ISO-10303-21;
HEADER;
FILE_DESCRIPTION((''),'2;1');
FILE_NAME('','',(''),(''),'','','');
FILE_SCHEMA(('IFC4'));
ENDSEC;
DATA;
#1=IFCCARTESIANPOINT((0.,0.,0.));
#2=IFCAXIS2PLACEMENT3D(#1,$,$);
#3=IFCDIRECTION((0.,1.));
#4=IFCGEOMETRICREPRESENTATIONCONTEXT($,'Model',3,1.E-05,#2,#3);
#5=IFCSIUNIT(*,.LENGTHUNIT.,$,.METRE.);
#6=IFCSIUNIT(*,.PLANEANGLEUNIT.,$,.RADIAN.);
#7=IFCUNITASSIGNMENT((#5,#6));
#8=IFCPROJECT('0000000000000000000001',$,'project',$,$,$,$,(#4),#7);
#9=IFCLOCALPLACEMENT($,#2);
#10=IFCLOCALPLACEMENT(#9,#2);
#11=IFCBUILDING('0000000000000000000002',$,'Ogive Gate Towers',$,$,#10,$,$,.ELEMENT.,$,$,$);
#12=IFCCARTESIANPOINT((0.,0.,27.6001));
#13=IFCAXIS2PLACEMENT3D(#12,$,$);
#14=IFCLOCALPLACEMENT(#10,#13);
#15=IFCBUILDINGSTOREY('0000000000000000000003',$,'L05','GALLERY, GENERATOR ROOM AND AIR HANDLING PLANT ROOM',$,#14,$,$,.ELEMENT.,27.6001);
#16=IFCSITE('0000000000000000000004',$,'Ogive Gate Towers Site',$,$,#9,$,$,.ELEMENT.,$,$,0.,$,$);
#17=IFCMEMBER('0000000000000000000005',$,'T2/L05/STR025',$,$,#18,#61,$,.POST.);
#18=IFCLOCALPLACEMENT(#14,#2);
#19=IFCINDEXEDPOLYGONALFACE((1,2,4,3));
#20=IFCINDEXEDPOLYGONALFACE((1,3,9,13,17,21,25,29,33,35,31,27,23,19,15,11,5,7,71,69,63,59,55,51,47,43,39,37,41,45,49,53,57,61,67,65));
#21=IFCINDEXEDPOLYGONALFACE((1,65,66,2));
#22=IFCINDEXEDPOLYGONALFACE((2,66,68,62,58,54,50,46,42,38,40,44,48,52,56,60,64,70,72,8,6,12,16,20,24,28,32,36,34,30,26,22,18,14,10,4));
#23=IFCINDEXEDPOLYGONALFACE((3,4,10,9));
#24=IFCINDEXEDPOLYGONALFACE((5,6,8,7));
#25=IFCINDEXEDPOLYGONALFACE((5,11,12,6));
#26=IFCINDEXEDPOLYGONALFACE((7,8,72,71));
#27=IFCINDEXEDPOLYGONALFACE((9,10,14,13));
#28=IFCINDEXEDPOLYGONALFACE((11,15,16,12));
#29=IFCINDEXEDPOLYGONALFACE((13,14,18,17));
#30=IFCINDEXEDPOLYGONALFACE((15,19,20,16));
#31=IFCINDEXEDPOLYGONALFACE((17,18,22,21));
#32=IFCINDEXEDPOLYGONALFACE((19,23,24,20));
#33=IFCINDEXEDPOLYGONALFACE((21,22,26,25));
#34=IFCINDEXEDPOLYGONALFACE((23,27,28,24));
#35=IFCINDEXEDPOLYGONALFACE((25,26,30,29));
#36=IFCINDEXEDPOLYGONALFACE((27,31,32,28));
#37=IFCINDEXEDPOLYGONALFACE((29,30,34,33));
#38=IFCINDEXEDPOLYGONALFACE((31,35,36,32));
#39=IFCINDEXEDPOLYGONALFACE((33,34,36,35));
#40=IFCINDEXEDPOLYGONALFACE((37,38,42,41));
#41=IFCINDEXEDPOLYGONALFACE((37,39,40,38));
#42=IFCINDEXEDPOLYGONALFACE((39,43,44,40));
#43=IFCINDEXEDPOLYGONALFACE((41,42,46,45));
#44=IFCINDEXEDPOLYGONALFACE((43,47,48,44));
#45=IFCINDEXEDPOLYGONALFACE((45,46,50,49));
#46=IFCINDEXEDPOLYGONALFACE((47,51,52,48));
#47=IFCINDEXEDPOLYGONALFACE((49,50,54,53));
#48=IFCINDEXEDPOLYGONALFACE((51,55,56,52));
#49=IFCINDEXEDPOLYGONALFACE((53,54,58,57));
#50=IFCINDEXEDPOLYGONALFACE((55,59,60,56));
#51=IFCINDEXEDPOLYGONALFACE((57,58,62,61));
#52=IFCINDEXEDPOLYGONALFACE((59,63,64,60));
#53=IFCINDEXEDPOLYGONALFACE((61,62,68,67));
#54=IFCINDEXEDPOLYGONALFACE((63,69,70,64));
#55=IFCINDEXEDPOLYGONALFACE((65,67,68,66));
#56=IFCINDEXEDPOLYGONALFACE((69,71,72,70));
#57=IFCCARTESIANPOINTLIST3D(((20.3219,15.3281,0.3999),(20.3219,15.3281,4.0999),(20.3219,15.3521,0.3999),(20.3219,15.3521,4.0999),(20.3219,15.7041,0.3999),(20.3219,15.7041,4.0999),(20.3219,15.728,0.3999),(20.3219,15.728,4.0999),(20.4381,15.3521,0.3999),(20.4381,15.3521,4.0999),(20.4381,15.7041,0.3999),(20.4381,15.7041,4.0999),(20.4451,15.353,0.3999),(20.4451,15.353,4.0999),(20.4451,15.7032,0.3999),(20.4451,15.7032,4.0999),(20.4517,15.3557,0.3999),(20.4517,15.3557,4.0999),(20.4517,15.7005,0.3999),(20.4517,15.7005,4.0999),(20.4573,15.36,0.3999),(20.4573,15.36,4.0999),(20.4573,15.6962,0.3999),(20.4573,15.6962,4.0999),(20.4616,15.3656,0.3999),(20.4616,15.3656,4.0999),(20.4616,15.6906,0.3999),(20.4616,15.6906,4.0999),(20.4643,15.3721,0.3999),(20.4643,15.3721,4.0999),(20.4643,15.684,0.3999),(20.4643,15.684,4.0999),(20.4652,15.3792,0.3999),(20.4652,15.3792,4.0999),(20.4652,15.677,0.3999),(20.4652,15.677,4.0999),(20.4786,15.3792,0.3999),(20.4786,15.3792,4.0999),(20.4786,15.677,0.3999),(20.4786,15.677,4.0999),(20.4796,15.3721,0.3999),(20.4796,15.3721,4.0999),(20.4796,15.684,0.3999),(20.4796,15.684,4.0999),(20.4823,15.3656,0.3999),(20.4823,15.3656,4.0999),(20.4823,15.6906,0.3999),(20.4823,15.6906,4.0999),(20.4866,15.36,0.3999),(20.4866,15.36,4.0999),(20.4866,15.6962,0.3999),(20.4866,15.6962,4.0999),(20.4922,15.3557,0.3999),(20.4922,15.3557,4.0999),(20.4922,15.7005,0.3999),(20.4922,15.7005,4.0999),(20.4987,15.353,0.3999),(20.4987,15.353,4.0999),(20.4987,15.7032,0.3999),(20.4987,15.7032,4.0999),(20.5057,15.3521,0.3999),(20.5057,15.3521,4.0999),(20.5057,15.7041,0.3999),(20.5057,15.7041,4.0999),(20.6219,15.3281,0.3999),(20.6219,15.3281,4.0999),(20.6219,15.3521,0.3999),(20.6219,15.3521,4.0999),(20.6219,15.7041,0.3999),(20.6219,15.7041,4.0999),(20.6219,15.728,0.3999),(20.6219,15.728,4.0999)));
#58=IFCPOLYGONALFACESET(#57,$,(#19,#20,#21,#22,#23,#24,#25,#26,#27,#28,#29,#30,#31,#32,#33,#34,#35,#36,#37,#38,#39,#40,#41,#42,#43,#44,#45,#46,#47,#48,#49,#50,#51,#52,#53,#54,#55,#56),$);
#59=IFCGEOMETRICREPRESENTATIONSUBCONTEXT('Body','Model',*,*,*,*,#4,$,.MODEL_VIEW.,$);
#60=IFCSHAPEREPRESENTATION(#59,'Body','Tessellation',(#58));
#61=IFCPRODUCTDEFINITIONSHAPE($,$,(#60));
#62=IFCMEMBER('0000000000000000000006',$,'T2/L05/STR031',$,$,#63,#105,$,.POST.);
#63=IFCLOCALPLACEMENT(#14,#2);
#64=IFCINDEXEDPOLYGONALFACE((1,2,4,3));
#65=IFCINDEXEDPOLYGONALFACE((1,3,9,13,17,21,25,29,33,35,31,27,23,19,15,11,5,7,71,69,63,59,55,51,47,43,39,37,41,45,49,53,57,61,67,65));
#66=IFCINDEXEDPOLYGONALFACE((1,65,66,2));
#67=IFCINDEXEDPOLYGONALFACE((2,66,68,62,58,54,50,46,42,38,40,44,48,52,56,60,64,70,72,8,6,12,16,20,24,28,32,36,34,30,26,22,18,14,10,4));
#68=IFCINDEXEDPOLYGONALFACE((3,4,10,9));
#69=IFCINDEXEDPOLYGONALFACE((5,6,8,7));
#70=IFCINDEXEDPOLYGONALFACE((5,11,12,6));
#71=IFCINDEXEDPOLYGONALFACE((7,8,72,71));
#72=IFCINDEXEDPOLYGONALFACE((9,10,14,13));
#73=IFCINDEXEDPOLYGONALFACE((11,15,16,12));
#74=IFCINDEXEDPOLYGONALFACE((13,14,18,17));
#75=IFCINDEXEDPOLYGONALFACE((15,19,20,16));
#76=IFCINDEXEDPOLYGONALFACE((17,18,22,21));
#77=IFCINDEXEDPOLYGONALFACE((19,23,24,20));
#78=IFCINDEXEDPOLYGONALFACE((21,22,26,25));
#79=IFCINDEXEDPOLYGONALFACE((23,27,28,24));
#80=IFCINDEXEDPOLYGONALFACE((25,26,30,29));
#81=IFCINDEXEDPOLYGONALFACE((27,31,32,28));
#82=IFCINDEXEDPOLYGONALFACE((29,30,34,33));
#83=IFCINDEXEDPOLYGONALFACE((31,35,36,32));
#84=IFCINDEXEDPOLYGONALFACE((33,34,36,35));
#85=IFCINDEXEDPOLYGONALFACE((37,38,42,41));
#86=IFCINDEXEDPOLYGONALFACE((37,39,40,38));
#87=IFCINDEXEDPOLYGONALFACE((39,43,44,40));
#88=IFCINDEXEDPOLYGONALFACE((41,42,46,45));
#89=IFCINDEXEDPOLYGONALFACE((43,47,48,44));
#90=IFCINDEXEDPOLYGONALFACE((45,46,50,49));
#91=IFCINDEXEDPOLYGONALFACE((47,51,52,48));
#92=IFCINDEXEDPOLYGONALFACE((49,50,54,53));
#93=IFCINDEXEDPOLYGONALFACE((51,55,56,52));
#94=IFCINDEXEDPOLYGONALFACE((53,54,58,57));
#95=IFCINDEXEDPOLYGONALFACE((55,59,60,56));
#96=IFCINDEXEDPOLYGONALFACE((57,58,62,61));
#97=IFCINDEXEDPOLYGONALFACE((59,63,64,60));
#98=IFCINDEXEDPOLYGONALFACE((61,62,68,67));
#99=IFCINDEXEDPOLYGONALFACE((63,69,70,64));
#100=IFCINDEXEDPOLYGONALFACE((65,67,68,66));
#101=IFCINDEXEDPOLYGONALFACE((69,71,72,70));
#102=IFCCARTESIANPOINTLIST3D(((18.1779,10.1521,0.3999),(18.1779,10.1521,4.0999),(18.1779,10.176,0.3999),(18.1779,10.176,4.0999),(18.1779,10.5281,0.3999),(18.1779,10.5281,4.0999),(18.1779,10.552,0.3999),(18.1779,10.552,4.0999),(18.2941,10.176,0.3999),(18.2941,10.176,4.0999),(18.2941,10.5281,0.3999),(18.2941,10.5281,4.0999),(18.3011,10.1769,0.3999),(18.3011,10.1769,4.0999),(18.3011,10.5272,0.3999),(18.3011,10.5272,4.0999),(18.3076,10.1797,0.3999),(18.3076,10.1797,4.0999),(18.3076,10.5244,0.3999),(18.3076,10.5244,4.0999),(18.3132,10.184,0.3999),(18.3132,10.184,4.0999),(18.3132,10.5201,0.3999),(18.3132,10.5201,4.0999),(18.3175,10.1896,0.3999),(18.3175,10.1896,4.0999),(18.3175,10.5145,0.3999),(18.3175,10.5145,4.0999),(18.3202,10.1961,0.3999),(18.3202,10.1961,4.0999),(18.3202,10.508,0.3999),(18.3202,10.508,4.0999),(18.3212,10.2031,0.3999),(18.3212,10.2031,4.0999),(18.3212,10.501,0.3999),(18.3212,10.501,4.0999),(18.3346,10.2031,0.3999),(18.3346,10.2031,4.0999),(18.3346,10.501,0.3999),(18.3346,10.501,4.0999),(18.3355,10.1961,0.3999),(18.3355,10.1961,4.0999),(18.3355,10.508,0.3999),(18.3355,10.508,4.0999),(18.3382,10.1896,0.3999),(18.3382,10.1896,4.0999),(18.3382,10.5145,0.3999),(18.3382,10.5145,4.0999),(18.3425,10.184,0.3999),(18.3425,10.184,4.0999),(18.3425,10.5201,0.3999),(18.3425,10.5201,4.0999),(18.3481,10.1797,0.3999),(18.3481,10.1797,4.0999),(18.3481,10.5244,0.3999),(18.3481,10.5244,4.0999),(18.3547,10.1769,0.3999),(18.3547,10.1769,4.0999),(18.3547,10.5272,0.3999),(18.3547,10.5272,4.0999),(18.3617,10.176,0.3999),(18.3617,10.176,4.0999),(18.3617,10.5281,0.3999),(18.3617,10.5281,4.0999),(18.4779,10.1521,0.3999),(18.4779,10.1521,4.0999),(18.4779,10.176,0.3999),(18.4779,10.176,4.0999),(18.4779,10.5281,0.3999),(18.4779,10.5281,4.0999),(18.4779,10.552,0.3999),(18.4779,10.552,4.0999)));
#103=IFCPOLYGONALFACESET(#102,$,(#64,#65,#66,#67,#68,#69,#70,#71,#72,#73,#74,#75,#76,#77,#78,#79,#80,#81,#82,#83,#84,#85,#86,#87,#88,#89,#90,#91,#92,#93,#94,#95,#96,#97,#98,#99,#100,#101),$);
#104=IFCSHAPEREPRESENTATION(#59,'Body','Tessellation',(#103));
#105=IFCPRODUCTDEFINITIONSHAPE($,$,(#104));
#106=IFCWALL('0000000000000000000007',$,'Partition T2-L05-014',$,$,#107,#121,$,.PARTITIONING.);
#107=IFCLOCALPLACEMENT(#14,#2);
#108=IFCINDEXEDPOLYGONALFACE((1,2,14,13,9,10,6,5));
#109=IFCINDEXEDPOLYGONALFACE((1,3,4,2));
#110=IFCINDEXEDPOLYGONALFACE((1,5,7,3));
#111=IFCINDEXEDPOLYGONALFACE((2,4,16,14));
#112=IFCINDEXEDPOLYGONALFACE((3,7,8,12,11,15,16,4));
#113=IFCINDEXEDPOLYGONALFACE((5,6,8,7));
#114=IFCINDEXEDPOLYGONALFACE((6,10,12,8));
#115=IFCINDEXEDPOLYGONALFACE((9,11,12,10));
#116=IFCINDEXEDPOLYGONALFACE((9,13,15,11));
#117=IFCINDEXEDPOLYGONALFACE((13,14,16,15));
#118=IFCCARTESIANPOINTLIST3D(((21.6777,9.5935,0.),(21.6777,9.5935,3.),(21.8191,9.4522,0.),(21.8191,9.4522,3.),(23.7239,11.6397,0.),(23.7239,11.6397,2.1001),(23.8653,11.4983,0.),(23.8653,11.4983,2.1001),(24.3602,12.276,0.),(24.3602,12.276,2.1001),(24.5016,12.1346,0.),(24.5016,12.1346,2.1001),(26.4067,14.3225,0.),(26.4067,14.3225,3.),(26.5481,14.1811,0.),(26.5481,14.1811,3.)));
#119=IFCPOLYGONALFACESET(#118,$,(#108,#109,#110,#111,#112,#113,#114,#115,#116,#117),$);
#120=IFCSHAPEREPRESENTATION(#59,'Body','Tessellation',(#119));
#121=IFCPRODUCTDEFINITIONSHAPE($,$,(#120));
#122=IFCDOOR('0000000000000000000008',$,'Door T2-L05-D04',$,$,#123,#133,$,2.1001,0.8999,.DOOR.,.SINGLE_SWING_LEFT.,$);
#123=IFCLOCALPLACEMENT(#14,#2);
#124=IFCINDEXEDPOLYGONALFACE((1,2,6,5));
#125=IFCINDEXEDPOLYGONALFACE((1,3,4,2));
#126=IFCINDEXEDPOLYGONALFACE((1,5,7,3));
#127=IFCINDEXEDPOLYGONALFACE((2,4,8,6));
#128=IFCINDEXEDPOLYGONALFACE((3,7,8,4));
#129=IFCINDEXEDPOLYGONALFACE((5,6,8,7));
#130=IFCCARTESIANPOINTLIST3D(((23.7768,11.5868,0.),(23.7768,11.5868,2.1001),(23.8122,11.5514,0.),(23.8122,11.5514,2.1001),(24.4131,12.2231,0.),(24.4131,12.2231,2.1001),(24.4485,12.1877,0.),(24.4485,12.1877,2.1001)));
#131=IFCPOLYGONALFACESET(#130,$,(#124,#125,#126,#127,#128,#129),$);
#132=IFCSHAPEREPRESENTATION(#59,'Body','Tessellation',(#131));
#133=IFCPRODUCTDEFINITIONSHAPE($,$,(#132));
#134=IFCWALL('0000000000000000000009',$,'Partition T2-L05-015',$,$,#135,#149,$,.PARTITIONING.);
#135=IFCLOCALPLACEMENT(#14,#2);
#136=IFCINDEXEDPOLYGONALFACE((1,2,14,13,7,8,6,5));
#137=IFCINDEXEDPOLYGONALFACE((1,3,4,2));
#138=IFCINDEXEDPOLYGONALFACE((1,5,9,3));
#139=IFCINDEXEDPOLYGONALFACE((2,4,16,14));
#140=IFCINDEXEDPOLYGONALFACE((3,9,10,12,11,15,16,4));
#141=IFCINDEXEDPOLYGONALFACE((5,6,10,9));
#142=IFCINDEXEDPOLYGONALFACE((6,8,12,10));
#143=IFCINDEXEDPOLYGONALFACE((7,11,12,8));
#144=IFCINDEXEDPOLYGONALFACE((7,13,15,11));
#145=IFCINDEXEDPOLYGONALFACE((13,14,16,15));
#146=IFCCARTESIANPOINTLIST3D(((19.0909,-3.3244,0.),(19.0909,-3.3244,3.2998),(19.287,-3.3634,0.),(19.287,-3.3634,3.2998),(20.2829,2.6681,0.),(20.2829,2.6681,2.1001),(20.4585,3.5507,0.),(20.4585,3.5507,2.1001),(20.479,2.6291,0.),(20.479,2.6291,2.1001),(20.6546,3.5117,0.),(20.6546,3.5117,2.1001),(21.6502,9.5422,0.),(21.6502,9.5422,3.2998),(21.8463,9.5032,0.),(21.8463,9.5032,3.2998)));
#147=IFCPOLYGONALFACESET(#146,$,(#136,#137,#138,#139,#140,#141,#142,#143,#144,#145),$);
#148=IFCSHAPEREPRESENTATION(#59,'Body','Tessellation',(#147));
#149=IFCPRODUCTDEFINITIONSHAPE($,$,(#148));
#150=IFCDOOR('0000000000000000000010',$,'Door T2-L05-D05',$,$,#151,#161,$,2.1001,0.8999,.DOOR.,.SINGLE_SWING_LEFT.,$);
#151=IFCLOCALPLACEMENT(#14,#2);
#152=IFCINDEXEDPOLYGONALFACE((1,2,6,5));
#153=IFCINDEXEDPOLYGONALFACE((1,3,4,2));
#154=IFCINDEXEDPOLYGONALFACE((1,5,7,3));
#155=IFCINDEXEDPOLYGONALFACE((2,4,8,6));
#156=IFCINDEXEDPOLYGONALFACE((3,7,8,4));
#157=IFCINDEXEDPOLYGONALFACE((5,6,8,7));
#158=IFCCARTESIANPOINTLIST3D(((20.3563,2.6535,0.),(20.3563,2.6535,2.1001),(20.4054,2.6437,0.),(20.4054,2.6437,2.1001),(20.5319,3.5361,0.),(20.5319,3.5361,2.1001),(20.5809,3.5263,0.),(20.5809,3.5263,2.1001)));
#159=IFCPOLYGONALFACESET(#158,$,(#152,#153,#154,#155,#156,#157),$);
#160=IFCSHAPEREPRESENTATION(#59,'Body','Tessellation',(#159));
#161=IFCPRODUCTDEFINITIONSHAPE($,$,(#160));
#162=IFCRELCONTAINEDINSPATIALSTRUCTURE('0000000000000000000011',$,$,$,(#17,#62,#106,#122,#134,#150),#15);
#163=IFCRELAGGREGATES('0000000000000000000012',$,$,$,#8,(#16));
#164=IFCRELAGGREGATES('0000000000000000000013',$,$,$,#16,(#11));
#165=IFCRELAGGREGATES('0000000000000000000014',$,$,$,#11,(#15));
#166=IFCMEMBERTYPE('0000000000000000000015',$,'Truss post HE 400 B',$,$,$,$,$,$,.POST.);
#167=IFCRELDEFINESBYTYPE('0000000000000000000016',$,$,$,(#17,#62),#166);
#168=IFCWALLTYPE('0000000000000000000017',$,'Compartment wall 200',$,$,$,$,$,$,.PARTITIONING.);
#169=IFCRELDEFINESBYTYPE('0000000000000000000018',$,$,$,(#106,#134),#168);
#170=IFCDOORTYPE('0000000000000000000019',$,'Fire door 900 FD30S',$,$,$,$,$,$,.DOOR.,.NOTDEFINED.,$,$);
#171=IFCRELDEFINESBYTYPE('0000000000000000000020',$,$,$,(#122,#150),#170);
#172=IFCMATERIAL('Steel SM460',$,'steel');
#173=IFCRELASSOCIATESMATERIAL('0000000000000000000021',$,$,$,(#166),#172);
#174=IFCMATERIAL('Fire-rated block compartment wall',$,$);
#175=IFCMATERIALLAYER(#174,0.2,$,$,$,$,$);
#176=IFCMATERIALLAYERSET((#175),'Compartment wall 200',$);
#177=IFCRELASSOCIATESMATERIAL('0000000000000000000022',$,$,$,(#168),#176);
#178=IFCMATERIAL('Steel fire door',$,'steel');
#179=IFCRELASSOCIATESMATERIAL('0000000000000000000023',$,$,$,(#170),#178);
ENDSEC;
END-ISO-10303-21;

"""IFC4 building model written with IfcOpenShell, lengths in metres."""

from ifc_helpers import new_model, si_unit, direction, frame, frame_2d, origin, origin_2d, place, context, subcontext, project, spatial, rectangle, i_section, extrude, material, layer, layer_set, material_profile, profile_set, type_object, element, fill, save


model = new_model("IFC4")

# Units and contexts
model_context = context("Model", 3, precision=1e-05, world=origin(), true_north=direction((0.0, 1.0)))
body_context = subcontext(model_context, "Body", "Model", "MODEL_VIEW")
ifc_project = project(units=[si_unit("LENGTHUNIT", "METRE"), si_unit("PLANEANGLEUNIT", "RADIAN")], contexts=[model_context])

# Site, building, storey
site_placement = place(None, origin())
site = spatial("IfcSite", under=ifc_project, at=site_placement, Name="Ogive Gate Towers Site", CompositionType="ELEMENT", RefElevation=0.0)
building_placement = place(site_placement, origin())
building = spatial("IfcBuilding", under=site, at=building_placement, Name="Ogive Gate Towers", CompositionType="ELEMENT")
storey_placement = place(building_placement, frame((0.0, 0.0, 27.6001)))
storey = spatial("IfcBuildingStorey", under=building, at=storey_placement, Name="L05", Description="GALLERY, GENERATOR ROOM AND AIR HANDLING PLANT ROOM", CompositionType="ELEMENT", Elevation=27.6001)

# Members
ifc_material_1 = material(Name="Steel SM460", Category="steel")
ifc_material_profile_1 = material_profile(ifc_material_1, i_section(OverallWidth=0.3, OverallDepth=0.3999, WebThickness=0.0134, FlangeThickness=0.0239, FilletRadius=0.0271, at=origin_2d()), Name="HE 400 B")
ifc_profile_set_1 = profile_set([ifc_material_profile_1], Name="Steel SM460")
member_type_1 = type_object("IfcMemberType", Name="Truss post HE 400 B", PredefinedType="POST", material=ifc_profile_set_1)
for number, where, z_axis, x_axis, name in (
    (1, (20.4719, 15.5281, 0.3999), (0.0, 0.0, 1.0), (1.0, 0.0, 0.0), "T2/L05/STR025"),
    (2, (18.3279, 10.3521, 0.3999), (0.0, 0.0, 1.0), (1.0, 0.0, 0.0), "T2/L05/STR031"),
):
    element("IfcMember", number, at=place(storey_placement, frame(where, z_axis=z_axis, x_axis=x_axis)), inside=storey, type_object=member_type_1, Name=name, PredefinedType="POST", context=body_context, shape_type="SweptSolid", body=[
        extrude(i_section(OverallWidth=0.3, OverallDepth=0.3999, WebThickness=0.0134, FlangeThickness=0.0239, FilletRadius=0.0271, at=origin_2d()), origin(), (0.0, 0.0, 1.0), 3.7),
    ])

# Walls, openings, doors
ifc_material_2 = material(Name="Fire-rated block compartment wall")
ifc_layer_1 = layer(ifc_material_2, 0.2)
ifc_layer_set_1 = layer_set([ifc_layer_1], Name="Compartment wall 200")
wall_type_1 = type_object("IfcWallType", Name="Compartment wall 200", PredefinedType="PARTITIONING", material=ifc_layer_set_1)
wall_1_placement = place(storey_placement, frame((26.4773, 14.2517, 0.0), z_axis=(0.0, 0.0, 1.0), x_axis=(-0.707107, -0.707107, 0.0)))
wall_1 = element("IfcWall", 3, at=wall_1_placement, inside=storey, type_object=wall_type_1, Name="Partition T2-L05-014", PredefinedType="PARTITIONING", context=body_context, shape_type="SweptSolid", body=[
    extrude(rectangle(XDim=6.6877, YDim=0.2, at=frame_2d((3.3438, 0.0))), origin(), (0.0, 0.0, 1.0), 3.0),
])
opening_1_placement = place(wall_1_placement, frame((2.894, 0.0, 0.0)))
opening_1 = element("IfcOpeningElement", 4, at=opening_1_placement, cuts=wall_1, PredefinedType="OPENING", context=body_context, shape_type="SweptSolid", body=[
    extrude(rectangle(XDim=0.8999, YDim=2.1001, at=frame_2d((0.45, 1.05))), frame((0.0, 0.1099, 0.0), z_axis=(0.0, -1.0, 0.0), x_axis=(1.0, 0.0, 0.0)), (0.0, 0.0, 1.0), 0.22),
])
ifc_material_3 = material(Name="Steel fire door", Category="steel")
door_type_1 = type_object("IfcDoorType", Name="Fire door 900 FD30S", OperationType="NOTDEFINED", PredefinedType="DOOR", material=ifc_material_3)
door_1_placement = place(opening_1_placement, origin())
door_1 = element("IfcDoor", 5, at=door_1_placement, inside=storey, type_object=door_type_1, Name="Door T2-L05-D04", OperationType="SINGLE_SWING_LEFT", OverallHeight=2.1001, OverallWidth=0.8999, PredefinedType="DOOR", context=body_context, shape_type="SweptSolid", body=[
    extrude(rectangle(XDim=0.8999, YDim=2.1001, at=frame_2d((0.45, 1.05))), frame((0.0, 0.0249, 0.0), z_axis=(0.0, -1.0, 0.0), x_axis=(1.0, 0.0, 0.0)), (0.0, 0.0, 1.0), 0.05),
])
fill(opening_1, door_1)
wall_2_placement = place(storey_placement, frame((21.7483, 9.5227, 0.0), z_axis=(0.0, 0.0, 1.0), x_axis=(-0.195089, -0.980786, 0.0)))
wall_2 = element("IfcWall", 6, at=wall_2_placement, inside=storey, type_object=wall_type_1, Name="Partition T2-L05-015", PredefinedType="PARTITIONING", context=body_context, shape_type="SweptSolid", body=[
    extrude(rectangle(XDim=13.1187, YDim=0.2, at=frame_2d((6.5593, 0.0))), origin(), (0.0, 0.0, 1.0), 3.2998),
])
opening_2_placement = place(wall_2_placement, frame((6.1089, 0.0, 0.0)))
opening_2 = element("IfcOpeningElement", 7, at=opening_2_placement, cuts=wall_2, PredefinedType="OPENING", context=body_context, shape_type="SweptSolid", body=[
    extrude(rectangle(XDim=0.8999, YDim=2.1001, at=frame_2d((0.45, 1.05))), frame((0.0, 0.1099, 0.0), z_axis=(0.0, -1.0, 0.0), x_axis=(1.0, 0.0, 0.0)), (0.0, 0.0, 1.0), 0.22),
])
door_2_placement = place(opening_2_placement, origin())
door_2 = element("IfcDoor", 8, at=door_2_placement, inside=storey, type_object=door_type_1, Name="Door T2-L05-D05", OperationType="SINGLE_SWING_LEFT", OverallHeight=2.1001, OverallWidth=0.8999, PredefinedType="DOOR", context=body_context, shape_type="SweptSolid", body=[
    extrude(rectangle(XDim=0.8999, YDim=2.1001, at=frame_2d((0.45, 1.05))), frame((0.0, 0.0249, 0.0), z_axis=(0.0, -1.0, 0.0), x_axis=(1.0, 0.0, 0.0)), (0.0, 0.0, 1.0), 0.05),
])
fill(opening_2, door_2)

save(model, "model.ifc")
